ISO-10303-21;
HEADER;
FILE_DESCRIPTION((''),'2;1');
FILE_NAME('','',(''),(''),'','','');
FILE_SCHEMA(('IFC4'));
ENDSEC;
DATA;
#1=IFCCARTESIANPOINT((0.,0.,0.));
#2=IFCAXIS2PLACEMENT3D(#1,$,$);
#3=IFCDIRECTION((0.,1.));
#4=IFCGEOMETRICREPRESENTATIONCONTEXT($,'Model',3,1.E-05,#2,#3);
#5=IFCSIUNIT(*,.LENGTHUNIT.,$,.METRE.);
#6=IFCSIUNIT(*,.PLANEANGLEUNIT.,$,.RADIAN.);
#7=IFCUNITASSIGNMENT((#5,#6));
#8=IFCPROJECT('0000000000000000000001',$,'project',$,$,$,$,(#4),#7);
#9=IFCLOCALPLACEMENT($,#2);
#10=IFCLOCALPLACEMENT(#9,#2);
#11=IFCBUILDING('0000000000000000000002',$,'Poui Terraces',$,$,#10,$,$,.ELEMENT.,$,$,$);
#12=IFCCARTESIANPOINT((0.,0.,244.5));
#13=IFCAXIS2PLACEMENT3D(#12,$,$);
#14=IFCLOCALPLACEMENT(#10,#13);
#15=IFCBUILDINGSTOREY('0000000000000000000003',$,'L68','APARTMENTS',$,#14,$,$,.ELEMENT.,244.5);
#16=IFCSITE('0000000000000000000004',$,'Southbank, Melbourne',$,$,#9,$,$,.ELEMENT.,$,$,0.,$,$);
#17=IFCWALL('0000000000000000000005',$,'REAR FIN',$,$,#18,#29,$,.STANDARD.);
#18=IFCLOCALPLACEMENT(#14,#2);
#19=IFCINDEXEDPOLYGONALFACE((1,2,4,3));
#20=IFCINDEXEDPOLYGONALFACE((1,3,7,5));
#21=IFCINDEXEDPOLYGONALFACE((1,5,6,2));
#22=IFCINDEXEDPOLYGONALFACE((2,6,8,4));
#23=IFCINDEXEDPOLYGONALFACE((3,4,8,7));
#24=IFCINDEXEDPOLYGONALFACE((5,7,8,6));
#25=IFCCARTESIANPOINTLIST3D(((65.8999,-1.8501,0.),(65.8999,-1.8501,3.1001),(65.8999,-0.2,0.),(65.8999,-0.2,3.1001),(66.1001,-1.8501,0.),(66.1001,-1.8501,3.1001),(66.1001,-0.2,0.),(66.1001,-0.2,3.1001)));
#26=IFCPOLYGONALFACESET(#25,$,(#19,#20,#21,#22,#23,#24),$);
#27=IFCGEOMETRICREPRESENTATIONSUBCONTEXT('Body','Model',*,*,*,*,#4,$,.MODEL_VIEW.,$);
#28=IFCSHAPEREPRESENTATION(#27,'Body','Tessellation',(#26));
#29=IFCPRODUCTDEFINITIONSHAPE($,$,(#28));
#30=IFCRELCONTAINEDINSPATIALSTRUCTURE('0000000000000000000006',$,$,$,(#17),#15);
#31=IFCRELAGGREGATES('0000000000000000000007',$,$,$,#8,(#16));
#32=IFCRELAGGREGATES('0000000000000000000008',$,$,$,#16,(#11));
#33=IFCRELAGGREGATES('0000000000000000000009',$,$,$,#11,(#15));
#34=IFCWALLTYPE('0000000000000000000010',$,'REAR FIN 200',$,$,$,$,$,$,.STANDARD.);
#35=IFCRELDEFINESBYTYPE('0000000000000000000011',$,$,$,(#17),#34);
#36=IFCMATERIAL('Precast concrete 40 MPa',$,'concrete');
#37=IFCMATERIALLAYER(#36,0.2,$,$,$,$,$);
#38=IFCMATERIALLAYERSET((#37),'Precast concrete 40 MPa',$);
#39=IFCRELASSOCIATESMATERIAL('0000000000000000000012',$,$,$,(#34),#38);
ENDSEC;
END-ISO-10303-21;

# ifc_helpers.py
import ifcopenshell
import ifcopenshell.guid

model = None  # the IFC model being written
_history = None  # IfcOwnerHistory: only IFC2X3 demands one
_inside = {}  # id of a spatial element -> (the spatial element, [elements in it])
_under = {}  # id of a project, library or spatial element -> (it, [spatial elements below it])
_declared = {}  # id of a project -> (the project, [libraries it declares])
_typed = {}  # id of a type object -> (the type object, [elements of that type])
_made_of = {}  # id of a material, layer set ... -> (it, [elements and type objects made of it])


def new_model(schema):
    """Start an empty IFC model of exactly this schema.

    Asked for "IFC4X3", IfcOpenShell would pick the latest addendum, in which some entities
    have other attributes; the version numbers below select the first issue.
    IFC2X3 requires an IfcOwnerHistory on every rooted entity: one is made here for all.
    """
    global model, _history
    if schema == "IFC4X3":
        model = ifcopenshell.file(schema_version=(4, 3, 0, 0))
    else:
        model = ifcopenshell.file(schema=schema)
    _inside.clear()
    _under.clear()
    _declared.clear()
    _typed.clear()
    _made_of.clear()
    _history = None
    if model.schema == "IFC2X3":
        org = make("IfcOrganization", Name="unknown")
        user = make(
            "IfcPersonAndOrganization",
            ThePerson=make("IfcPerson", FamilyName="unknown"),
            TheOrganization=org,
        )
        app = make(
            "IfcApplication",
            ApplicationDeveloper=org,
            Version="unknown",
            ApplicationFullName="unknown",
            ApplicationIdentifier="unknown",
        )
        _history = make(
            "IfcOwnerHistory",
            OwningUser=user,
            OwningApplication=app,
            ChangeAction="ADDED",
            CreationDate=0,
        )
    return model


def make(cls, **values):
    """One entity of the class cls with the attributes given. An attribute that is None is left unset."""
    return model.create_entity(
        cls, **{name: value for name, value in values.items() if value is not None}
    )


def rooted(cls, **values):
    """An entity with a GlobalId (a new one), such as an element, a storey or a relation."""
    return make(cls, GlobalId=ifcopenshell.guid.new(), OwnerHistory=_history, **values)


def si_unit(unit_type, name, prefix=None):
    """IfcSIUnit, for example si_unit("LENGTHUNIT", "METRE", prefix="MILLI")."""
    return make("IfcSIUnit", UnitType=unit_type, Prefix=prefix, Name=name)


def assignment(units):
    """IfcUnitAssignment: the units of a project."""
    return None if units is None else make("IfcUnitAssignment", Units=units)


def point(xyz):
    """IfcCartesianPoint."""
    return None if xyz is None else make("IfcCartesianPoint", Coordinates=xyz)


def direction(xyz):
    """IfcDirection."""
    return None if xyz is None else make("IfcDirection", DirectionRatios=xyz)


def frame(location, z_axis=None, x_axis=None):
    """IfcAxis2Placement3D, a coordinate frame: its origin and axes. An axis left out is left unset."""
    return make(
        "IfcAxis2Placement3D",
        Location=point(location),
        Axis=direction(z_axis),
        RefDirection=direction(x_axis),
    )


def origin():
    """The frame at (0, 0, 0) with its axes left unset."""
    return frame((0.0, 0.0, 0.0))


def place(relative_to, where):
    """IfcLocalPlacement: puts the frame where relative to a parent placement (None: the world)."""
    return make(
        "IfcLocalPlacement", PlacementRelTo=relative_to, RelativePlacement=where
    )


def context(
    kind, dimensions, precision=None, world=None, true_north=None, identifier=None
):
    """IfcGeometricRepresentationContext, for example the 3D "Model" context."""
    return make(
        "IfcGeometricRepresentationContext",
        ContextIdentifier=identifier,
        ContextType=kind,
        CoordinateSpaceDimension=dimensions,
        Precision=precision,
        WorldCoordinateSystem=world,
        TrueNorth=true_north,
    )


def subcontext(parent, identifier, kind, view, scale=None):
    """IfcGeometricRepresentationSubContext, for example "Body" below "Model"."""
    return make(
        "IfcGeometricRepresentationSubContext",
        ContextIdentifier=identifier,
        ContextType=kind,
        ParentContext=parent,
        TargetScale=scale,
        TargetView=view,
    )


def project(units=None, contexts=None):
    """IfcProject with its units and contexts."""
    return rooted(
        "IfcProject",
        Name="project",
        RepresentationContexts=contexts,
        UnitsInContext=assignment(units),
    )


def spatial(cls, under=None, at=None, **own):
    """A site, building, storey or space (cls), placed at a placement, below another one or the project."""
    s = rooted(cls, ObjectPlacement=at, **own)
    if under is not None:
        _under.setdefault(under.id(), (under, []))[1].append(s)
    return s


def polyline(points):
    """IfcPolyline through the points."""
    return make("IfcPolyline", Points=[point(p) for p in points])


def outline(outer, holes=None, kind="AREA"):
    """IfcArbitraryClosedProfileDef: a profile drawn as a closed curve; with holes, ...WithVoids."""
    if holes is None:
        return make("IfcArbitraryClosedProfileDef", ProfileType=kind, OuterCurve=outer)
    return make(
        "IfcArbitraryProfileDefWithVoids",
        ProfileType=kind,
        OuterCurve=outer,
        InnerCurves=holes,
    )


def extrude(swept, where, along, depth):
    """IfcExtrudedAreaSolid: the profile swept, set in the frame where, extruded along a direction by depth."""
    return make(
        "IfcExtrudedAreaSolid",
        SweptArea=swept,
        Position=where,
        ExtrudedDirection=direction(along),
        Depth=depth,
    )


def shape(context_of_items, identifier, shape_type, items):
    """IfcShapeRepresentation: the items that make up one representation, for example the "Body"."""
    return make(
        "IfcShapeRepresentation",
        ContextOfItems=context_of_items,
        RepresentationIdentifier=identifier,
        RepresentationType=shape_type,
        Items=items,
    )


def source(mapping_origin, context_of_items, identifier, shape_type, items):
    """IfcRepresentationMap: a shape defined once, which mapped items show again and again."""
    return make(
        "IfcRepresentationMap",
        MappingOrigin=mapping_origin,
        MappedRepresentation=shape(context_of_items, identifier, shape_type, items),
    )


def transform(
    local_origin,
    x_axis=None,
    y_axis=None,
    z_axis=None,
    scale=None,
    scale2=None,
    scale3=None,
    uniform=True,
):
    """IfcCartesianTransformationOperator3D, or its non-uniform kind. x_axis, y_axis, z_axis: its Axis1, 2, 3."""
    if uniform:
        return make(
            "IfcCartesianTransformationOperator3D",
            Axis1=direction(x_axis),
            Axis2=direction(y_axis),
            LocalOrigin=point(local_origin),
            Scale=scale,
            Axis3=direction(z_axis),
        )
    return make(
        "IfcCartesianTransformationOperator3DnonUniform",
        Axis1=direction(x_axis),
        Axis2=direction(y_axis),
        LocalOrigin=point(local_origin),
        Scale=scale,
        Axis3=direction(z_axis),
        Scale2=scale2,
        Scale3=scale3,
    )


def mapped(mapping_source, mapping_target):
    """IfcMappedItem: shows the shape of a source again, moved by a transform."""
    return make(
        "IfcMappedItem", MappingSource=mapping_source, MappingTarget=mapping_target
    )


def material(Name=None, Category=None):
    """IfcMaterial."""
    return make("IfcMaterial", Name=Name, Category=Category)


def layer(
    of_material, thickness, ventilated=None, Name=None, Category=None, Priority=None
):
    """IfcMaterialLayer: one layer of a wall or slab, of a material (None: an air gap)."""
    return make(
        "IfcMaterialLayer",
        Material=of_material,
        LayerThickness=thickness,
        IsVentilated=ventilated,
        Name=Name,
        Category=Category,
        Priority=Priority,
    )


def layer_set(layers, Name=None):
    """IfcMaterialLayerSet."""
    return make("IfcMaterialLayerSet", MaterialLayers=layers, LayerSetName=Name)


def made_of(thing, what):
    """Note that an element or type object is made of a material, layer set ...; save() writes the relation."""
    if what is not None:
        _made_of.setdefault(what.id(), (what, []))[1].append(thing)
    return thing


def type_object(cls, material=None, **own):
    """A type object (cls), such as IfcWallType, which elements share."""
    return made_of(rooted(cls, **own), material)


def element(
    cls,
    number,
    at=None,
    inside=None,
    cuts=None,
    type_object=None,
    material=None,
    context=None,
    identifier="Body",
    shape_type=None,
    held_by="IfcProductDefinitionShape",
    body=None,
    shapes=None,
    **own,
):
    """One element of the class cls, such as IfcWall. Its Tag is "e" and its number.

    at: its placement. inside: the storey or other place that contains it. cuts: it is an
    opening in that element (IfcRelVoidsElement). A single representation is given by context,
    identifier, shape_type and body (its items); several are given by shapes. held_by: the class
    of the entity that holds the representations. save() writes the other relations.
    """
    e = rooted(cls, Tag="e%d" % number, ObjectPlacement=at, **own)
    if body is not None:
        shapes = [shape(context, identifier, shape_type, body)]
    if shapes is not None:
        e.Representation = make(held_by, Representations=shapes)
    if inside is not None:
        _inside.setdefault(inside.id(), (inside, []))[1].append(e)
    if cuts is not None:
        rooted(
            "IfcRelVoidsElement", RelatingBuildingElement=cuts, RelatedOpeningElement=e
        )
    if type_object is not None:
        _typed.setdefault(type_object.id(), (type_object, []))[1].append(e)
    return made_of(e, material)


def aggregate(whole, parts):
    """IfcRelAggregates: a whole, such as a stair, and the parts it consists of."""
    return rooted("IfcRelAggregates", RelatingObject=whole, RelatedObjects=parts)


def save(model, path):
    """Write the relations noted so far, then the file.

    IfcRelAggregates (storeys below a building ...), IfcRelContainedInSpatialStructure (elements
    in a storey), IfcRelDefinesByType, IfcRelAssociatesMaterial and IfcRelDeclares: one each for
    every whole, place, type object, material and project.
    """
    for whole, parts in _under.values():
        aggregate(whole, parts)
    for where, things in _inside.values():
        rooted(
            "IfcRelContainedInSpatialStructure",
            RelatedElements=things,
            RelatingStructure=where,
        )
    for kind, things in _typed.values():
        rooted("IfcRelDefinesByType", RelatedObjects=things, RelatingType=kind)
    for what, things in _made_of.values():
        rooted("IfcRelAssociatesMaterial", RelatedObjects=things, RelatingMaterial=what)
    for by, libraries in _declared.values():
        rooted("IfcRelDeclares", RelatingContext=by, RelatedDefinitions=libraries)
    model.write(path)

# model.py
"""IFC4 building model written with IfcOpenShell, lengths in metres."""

from ifc_helpers import new_model, si_unit, direction, frame, origin, place, context, subcontext, project, spatial, polyline, outline, extrude, source, transform, mapped, material, layer, layer_set, type_object, element, save


model = new_model("IFC4")

# Units and contexts
model_context = context("Model", 3, precision=1e-05, world=origin(), true_north=direction((0.0, 1.0)))
body_context = subcontext(model_context, "Body", "Model", "MODEL_VIEW")
ifc_project = project(units=[si_unit("LENGTHUNIT", "METRE"), si_unit("PLANEANGLEUNIT", "RADIAN")], contexts=[model_context])

# Site, building, storey
site_placement = place(None, origin())
site = spatial("IfcSite", under=ifc_project, at=site_placement, Name="Southbank, Melbourne", CompositionType="ELEMENT", RefElevation=0.0)
building_placement = place(site_placement, origin())
building = spatial("IfcBuilding", under=site, at=building_placement, Name="Poui Terraces", CompositionType="ELEMENT")
storey_placement = place(building_placement, frame((0.0, 0.0, 244.5)))
storey = spatial("IfcBuildingStorey", under=building, at=storey_placement, Name="L68", Description="APARTMENTS", CompositionType="ELEMENT", Elevation=244.5)

# Shared definitions
ifc_material_1 = material(Name="Precast concrete 40 MPa", Category="concrete")

# Wall
ifc_layer_1 = layer(ifc_material_1, 0.2)
ifc_layer_set_1 = layer_set([ifc_layer_1], Name="Precast concrete 40 MPa")
wall_type_1 = type_object("IfcWallType", Name="REAR FIN 200", PredefinedType="STANDARD", material=ifc_layer_set_1)
shared_shape_1 = source(origin(), body_context, "Body", "SweptSolid", [
    extrude(outline(polyline([(0.0, 0.0), (0.2002, 0.0), (0.2002, 1.6501), (0.0, 1.6501), (0.0, 0.0)])), origin(), (0.0, 0.0, 1.0), 3.1001),
])
for number, where, name in (
    (1, (65.8999, -1.8501, 0.0), "REAR FIN"),
):
    element("IfcWall", number, at=place(storey_placement, frame(where)), inside=storey, type_object=wall_type_1, Name=name, PredefinedType="STANDARD", context=body_context, shape_type="MappedRepresentation", body=[
        mapped(shared_shape_1, transform((0.0, 0.0, 0.0))),
    ])

save(model, "model.ifc")
